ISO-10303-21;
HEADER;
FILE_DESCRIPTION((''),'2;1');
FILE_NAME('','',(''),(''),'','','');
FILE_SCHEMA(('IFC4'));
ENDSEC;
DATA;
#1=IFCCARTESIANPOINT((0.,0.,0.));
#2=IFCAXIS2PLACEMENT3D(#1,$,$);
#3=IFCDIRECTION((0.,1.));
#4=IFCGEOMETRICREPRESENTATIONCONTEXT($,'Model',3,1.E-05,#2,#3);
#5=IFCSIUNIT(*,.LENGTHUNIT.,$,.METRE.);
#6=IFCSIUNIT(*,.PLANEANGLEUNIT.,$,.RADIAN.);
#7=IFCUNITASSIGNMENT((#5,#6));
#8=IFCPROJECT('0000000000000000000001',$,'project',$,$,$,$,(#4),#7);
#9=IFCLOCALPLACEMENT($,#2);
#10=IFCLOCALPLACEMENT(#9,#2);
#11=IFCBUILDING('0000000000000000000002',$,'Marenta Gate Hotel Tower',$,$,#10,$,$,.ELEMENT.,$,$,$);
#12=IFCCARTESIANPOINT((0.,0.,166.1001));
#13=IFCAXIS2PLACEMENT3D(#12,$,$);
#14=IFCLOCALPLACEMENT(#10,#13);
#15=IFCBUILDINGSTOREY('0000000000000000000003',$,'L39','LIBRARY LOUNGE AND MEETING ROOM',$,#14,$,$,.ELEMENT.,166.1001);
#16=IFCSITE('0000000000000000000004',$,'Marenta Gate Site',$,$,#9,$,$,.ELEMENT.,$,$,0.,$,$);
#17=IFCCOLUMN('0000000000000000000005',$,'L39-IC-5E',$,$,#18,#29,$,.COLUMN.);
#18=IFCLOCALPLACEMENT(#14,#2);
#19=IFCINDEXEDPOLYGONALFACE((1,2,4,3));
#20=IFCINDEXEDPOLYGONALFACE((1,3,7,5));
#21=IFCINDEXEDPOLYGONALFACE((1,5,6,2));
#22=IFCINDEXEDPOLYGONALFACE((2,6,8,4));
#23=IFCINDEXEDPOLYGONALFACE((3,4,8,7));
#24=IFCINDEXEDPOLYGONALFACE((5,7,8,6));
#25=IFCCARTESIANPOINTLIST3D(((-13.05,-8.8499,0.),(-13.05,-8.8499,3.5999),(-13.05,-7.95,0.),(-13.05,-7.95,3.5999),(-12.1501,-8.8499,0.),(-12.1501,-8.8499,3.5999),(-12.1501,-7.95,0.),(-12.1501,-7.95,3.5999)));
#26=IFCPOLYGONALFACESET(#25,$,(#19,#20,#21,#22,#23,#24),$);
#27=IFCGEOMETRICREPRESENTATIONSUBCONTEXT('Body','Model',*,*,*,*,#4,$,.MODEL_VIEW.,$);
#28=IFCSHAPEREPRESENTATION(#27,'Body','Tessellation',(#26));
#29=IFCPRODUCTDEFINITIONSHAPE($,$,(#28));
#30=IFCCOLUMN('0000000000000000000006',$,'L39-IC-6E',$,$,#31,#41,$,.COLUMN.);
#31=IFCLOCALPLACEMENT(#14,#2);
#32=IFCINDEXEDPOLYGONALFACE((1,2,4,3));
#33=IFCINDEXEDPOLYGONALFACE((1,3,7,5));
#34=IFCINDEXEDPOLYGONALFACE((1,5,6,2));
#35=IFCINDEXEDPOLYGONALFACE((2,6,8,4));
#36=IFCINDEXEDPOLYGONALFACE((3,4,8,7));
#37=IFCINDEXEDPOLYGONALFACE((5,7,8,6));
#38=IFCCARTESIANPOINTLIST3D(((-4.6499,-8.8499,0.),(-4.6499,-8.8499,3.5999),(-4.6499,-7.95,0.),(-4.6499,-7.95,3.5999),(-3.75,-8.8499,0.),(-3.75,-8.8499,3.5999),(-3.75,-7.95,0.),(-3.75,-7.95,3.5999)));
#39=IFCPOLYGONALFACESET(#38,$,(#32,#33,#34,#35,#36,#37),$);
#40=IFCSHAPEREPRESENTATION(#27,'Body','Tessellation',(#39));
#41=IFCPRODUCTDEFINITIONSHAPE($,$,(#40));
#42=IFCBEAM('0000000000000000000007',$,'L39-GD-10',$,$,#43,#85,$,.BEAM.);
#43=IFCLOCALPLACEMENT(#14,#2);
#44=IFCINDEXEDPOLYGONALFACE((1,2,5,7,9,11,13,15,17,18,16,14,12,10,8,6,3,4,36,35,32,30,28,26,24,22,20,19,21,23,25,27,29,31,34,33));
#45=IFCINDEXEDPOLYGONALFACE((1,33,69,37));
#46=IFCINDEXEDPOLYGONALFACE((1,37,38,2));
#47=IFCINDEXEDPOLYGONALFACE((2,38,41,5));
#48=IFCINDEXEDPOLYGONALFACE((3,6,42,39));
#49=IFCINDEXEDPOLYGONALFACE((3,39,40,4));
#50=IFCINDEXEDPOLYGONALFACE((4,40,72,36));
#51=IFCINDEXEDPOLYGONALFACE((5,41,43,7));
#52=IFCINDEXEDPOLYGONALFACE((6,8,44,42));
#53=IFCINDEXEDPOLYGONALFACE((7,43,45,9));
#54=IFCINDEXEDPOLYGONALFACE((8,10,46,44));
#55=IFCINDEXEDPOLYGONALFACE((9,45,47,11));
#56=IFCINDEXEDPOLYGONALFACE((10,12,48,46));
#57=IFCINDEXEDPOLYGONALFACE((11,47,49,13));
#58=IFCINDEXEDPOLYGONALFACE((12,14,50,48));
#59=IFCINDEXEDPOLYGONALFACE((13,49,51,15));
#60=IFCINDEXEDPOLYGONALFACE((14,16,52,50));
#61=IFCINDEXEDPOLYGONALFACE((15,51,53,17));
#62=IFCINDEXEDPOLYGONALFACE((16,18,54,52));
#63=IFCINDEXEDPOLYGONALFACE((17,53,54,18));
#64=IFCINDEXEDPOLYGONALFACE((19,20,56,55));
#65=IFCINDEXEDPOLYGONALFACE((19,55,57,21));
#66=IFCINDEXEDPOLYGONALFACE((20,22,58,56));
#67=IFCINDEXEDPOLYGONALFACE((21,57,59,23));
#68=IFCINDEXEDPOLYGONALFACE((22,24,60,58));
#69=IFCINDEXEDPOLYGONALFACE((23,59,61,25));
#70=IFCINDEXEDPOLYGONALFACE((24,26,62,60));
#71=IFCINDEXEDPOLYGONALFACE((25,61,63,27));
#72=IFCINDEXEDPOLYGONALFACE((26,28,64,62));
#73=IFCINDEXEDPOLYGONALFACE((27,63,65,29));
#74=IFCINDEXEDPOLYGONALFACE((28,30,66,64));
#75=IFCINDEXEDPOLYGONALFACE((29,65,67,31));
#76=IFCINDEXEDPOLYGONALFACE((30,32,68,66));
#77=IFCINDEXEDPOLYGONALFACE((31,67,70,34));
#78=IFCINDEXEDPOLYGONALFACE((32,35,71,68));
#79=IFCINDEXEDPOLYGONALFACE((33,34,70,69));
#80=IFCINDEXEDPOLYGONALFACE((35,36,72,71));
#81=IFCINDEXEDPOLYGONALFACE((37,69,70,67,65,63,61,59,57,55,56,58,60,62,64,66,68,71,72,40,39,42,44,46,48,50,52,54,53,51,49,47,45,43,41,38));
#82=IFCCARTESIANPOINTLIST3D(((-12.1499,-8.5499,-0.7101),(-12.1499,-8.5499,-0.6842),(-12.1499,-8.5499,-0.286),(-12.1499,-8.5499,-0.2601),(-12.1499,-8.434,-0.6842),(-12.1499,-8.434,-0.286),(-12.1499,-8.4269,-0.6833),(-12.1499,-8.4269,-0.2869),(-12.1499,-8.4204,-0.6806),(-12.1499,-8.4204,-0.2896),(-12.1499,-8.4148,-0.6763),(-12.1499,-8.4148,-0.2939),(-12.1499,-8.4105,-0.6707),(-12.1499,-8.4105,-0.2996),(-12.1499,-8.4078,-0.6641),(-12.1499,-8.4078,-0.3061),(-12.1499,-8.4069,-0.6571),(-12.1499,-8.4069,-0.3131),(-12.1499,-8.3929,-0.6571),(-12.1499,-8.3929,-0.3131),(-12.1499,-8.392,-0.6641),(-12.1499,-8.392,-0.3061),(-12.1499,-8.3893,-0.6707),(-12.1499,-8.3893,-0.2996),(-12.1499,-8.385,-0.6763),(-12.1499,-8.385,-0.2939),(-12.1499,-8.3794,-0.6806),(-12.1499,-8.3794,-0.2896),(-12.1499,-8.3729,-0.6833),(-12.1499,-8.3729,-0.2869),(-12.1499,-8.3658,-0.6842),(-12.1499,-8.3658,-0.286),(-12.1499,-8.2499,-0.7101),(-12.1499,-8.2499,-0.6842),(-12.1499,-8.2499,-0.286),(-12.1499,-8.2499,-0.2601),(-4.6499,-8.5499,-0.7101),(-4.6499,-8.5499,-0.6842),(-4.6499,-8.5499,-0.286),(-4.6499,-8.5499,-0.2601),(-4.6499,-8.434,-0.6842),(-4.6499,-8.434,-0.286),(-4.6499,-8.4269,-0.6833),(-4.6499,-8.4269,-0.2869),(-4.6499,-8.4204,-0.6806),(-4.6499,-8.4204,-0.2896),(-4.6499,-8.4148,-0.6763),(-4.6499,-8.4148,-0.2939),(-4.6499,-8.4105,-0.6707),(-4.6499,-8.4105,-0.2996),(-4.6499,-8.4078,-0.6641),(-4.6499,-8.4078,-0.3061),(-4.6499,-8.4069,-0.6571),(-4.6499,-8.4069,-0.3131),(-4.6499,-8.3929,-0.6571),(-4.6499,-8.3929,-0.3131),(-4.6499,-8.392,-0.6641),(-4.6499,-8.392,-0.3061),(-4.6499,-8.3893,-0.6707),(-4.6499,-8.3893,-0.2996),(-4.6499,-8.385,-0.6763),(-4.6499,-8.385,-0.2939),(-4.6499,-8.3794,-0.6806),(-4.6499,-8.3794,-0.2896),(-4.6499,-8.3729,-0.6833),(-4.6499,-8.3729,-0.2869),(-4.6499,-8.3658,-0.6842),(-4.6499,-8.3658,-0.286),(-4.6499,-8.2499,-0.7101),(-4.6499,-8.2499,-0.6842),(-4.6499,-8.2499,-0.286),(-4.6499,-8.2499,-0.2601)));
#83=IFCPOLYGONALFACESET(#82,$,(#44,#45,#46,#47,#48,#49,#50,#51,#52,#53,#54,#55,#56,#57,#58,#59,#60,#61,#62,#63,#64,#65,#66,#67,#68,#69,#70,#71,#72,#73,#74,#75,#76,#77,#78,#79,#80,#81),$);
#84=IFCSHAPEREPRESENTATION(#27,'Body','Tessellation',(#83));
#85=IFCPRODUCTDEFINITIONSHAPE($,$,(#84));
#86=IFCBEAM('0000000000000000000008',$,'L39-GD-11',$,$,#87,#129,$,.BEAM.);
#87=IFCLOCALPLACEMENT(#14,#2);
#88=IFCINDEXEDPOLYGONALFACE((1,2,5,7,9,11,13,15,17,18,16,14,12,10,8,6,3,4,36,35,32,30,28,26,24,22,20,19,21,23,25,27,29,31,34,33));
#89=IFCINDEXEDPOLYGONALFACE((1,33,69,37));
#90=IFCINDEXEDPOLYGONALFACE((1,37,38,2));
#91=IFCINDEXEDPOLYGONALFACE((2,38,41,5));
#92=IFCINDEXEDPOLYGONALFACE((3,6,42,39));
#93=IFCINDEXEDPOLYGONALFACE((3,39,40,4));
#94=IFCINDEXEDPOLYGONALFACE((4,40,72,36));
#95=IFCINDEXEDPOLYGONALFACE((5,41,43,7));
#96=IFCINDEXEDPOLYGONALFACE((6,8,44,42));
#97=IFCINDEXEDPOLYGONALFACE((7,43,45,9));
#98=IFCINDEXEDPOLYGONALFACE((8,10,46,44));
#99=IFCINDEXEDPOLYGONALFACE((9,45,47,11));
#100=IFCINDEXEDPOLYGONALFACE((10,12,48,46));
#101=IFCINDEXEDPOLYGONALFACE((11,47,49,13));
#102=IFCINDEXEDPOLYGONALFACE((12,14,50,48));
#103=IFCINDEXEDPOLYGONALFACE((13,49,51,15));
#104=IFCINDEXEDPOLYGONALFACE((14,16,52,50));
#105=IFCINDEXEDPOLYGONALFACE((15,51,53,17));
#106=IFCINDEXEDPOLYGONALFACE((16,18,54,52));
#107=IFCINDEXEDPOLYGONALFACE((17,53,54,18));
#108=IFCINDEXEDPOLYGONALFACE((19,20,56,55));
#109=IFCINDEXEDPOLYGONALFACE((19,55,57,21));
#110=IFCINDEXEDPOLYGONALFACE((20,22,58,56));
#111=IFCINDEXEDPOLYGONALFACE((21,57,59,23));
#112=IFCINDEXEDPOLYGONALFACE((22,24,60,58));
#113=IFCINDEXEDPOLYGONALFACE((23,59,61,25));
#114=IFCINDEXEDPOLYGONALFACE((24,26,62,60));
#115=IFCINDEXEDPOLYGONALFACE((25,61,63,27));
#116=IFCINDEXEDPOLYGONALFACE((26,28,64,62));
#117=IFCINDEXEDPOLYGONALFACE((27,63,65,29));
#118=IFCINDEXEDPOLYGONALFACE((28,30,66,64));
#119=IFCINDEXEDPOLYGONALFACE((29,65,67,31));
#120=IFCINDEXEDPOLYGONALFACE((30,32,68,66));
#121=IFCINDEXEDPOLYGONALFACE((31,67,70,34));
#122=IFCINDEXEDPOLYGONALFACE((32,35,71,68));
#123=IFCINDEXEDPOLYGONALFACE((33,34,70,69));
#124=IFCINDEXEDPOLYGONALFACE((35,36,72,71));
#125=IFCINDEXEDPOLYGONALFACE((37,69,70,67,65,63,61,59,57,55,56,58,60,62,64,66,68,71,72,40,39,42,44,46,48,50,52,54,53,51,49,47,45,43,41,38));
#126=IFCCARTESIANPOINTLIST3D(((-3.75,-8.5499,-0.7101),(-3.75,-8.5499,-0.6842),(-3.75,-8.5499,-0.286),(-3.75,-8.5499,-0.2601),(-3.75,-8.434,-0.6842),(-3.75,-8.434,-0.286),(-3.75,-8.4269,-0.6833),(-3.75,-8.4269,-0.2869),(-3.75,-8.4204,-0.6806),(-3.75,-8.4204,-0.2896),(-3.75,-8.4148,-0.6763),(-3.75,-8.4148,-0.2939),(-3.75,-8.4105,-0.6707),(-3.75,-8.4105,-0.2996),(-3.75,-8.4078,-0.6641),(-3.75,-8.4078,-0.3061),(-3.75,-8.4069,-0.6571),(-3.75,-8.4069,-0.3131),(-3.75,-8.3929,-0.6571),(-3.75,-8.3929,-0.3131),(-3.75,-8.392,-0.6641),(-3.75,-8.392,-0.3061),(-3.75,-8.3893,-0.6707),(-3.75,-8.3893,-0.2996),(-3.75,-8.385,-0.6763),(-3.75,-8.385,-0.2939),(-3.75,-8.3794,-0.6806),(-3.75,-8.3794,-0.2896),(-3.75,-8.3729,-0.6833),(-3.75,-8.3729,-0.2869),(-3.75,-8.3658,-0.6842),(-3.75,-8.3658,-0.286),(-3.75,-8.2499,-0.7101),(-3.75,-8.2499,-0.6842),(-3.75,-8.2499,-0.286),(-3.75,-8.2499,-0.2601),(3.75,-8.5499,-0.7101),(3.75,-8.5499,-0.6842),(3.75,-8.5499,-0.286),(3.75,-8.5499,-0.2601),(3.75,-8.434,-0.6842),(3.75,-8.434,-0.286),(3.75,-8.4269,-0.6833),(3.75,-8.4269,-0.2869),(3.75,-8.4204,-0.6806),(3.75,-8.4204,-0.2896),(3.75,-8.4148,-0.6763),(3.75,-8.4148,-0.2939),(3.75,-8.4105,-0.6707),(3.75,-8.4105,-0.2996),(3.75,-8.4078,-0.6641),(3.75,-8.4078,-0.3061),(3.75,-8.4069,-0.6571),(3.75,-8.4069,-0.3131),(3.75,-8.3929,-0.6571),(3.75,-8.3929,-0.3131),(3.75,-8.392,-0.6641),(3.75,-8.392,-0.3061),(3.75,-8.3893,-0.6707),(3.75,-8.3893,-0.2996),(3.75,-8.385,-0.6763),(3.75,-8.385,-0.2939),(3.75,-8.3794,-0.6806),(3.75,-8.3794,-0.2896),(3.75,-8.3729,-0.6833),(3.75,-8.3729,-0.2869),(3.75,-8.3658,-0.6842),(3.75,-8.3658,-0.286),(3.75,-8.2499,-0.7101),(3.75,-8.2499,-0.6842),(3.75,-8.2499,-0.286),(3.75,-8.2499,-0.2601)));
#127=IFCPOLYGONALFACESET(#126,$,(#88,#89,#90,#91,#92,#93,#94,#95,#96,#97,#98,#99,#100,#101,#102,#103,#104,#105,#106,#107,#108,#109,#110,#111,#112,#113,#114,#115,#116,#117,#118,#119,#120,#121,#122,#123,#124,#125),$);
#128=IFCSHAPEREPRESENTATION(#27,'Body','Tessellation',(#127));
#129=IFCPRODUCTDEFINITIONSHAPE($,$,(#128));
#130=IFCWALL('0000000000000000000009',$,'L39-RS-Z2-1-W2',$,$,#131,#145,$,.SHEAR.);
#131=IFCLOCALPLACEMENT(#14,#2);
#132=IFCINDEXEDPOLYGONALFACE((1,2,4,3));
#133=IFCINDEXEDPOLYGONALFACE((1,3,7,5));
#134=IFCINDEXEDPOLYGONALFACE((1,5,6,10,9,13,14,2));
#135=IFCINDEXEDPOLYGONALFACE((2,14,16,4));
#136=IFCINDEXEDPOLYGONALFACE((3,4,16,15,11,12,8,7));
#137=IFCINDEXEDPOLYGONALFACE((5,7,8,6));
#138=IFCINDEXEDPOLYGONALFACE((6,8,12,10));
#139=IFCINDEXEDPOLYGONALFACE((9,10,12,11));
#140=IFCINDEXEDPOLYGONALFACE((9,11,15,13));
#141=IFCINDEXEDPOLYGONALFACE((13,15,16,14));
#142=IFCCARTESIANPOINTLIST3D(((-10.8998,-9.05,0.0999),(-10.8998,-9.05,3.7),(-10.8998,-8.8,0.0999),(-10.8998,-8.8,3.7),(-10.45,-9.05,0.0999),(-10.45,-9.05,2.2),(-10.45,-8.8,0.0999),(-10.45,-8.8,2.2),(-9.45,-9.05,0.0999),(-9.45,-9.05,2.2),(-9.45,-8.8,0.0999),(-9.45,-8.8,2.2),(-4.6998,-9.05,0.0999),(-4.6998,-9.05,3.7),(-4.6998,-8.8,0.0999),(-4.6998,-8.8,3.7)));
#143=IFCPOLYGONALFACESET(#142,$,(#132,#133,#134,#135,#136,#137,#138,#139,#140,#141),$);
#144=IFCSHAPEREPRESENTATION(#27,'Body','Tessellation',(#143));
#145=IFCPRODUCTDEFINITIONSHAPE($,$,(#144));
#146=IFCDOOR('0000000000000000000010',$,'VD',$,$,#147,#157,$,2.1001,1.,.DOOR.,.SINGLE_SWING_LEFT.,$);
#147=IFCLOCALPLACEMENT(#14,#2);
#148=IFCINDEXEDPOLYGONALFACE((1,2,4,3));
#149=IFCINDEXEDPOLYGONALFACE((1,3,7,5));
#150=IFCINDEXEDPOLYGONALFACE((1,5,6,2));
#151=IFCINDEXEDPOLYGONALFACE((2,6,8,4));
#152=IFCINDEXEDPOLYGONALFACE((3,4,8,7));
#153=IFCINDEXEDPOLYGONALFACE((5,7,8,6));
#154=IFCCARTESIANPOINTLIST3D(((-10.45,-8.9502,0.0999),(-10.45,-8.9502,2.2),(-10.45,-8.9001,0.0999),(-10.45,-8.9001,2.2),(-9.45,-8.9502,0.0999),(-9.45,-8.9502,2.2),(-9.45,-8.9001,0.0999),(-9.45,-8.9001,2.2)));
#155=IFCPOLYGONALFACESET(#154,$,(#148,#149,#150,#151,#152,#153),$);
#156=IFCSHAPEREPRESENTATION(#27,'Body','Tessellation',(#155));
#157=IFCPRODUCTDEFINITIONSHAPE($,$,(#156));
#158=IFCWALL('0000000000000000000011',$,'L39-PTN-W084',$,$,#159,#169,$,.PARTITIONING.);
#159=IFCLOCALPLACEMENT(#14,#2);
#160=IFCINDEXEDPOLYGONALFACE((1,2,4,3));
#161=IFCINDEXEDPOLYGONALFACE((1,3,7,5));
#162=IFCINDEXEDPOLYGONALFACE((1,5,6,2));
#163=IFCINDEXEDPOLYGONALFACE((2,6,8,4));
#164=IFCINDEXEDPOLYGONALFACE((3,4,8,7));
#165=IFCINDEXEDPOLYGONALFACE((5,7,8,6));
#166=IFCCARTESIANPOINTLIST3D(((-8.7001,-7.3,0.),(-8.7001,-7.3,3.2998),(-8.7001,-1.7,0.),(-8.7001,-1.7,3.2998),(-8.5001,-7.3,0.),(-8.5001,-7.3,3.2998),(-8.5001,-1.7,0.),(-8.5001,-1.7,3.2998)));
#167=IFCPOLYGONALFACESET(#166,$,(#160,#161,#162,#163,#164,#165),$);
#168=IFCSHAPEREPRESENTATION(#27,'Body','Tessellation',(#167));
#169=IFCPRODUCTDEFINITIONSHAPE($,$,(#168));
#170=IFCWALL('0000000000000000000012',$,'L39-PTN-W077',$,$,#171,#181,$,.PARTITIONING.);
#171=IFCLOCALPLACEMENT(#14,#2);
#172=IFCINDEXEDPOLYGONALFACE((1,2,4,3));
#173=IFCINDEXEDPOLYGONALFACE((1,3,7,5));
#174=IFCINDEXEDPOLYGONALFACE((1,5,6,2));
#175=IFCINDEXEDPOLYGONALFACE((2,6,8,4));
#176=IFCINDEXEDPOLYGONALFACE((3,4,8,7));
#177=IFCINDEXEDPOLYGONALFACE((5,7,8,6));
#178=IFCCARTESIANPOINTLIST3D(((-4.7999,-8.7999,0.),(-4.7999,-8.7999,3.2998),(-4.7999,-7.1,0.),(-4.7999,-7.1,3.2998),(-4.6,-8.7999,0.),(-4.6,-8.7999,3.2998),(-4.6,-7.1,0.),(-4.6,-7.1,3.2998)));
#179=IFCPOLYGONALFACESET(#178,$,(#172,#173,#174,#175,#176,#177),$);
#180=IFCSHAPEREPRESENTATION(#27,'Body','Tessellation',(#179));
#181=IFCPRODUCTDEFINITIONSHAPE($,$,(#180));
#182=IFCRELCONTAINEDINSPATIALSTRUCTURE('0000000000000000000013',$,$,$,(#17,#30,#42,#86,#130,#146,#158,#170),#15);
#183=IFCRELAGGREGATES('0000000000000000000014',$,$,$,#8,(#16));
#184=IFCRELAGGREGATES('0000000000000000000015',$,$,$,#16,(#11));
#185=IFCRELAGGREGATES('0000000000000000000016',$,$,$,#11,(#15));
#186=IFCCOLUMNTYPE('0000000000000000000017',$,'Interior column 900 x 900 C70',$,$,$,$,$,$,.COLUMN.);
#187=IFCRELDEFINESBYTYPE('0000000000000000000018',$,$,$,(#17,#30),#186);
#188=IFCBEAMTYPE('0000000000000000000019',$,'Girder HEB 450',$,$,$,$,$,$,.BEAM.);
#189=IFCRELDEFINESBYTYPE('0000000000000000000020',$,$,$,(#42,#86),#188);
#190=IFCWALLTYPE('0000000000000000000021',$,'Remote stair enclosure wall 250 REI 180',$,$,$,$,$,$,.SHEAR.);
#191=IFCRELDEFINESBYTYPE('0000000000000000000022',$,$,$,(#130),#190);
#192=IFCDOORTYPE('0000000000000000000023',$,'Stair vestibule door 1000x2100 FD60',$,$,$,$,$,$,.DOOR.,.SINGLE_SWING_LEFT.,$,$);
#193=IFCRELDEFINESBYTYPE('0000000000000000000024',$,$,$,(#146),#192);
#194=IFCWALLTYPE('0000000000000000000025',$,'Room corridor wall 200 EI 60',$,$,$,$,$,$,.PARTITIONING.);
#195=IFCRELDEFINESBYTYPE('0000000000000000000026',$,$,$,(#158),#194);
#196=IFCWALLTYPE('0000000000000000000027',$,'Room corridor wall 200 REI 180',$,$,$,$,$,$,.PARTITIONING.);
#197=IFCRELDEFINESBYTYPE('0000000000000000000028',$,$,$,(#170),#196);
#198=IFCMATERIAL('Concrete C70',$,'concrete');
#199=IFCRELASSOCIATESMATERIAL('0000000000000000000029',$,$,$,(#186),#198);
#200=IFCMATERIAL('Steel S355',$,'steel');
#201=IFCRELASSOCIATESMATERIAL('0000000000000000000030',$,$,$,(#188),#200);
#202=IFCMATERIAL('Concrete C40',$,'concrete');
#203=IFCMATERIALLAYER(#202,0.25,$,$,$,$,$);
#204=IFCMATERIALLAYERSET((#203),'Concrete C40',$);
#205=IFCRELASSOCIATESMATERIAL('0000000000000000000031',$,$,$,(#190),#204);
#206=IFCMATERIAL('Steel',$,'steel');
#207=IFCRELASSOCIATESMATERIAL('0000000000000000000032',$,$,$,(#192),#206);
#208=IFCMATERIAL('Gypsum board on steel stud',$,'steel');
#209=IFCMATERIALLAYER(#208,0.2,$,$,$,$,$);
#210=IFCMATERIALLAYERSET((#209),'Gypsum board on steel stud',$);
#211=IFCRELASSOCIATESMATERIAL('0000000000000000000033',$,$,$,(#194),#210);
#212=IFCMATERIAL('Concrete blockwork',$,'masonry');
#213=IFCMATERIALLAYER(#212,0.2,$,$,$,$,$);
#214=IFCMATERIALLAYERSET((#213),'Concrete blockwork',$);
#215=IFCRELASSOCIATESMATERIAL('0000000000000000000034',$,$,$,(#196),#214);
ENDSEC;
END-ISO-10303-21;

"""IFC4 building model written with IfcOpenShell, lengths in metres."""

from ifc_helpers import new_model, si_unit, direction, frame, frame_2d, origin, origin_2d, place, context, subcontext, project, spatial, rectangle, i_section, extrude, material, layer, layer_set, material_profile, profile_set, type_object, element, fill, save


model = new_model("IFC4")

# Units and contexts
model_context = context("Model", 3, precision=1e-05, world=origin(), true_north=direction((0.0, 1.0)))
body_context = subcontext(model_context, "Body", "Model", "MODEL_VIEW")
ifc_project = project(units=[si_unit("LENGTHUNIT", "METRE"), si_unit("PLANEANGLEUNIT", "RADIAN")], contexts=[model_context])

# Site, building, storey
site_placement = place(None, origin())
site = spatial("IfcSite", under=ifc_project, at=site_placement, Name="Marenta Gate Site", CompositionType="ELEMENT", RefElevation=0.0)
building_placement = place(site_placement, origin())
building = spatial("IfcBuilding", under=site, at=building_placement, Name="Marenta Gate Hotel Tower", CompositionType="ELEMENT")
storey_placement = place(building_placement, frame((0.0, 0.0, 166.1001)))
storey = spatial("IfcBuildingStorey", under=building, at=storey_placement, Name="L39", Description="LIBRARY LOUNGE AND MEETING ROOM", CompositionType="ELEMENT", Elevation=166.1001)

# Columns
ifc_material_1 = material(Name="Concrete C70", Category="concrete")
ifc_material_profile_1 = material_profile(ifc_material_1, rectangle(XDim=0.8999, YDim=0.8999, at=origin_2d()), Name="900 x 900")
ifc_profile_set_1 = profile_set([ifc_material_profile_1], Name="Concrete C70")
column_type = type_object("IfcColumnType", Name="Interior column 900 x 900 C70", PredefinedType="COLUMN", material=ifc_profile_set_1)
for number, where, z_axis, x_axis, name in (
    (1, (-12.6001, -8.3999, 0.0), (0.0, 0.0, 1.0), (1.0, 0.0, 0.0), "L39-IC-5E"),
    (2, (-4.2, -8.3999, 0.0), (0.0, 0.0, 1.0), (1.0, 0.0, 0.0), "L39-IC-6E"),
):
    element("IfcColumn", number, at=place(storey_placement, frame(where, z_axis=z_axis, x_axis=x_axis)), inside=storey, type_object=column_type, Name=name, PredefinedType="COLUMN", context=body_context, shape_type="SweptSolid", body=[
        extrude(rectangle(XDim=0.8999, YDim=0.8999, at=origin_2d()), origin(), (0.0, 0.0, 1.0), 3.5999),
    ])

# Beams
ifc_material_2 = material(Name="Steel S355", Category="steel")
ifc_material_profile_2 = material_profile(ifc_material_2, i_section(OverallWidth=0.3, OverallDepth=0.45, WebThickness=0.0139, FlangeThickness=0.0259, FilletRadius=0.0271, at=origin_2d()), Name="HEB 450")
ifc_profile_set_2 = profile_set([ifc_material_profile_2], Name="Steel S355")
beam_type = type_object("IfcBeamType", Name="Girder HEB 450", PredefinedType="BEAM", material=ifc_profile_set_2)
for number, where, z_axis, x_axis, name in (
    (3, (-12.1499, -8.3999, -0.4851), (1.0, 0.0, 0.0), (0.0, 1.0, 0.0), "L39-GD-10"),
    (4, (-3.75, -8.3999, -0.4851), (1.0, 0.0, 0.0), (0.0, 1.0, 0.0), "L39-GD-11"),
):
    element("IfcBeam", number, at=place(storey_placement, frame(where, z_axis=z_axis, x_axis=x_axis)), inside=storey, type_object=beam_type, Name=name, PredefinedType="BEAM", context=body_context, shape_type="SweptSolid", body=[
        extrude(i_section(OverallWidth=0.3, OverallDepth=0.45, WebThickness=0.0139, FlangeThickness=0.0259, FilletRadius=0.0271, at=origin_2d()), origin(), (0.0, 0.0, 1.0), 7.5),
    ])

# Wall, opening, door
ifc_material_3 = material(Name="Concrete C40", Category="concrete")
ifc_layer_1 = layer(ifc_material_3, 0.25)
ifc_layer_set_1 = layer_set([ifc_layer_1], Name="Concrete C40")
wall_type_1 = type_object("IfcWallType", Name="Remote stair enclosure wall 250 REI 180", PredefinedType="SHEAR", material=ifc_layer_set_1)
wall_1_placement = place(storey_placement, frame((-10.8999, -8.925, 0.0999), z_axis=(0.0, 0.0, 1.0), x_axis=(1.0, 0.0, 0.0)))
wall_1 = element("IfcWall", 5, at=wall_1_placement, inside=storey, type_object=wall_type_1, Name="L39-RS-Z2-1-W2", PredefinedType="SHEAR", context=body_context, shape_type="SweptSolid", body=[
    extrude(rectangle(XDim=6.2, YDim=0.25, at=frame_2d((3.1001, 0.0))), origin(), (0.0, 0.0, 1.0), 3.6001),
])
opening_1_placement = place(wall_1_placement, frame((0.45, 0.0, 0.0)))
opening_1 = element("IfcOpeningElement", 6, at=opening_1_placement, cuts=wall_1, PredefinedType="OPENING", context=body_context, shape_type="SweptSolid", body=[
    extrude(rectangle(XDim=1.0, YDim=2.1001, at=frame_2d((0.5, 1.05))), frame((0.0, 0.125, 0.0), z_axis=(0.0, -1.0, 0.0), x_axis=(1.0, 0.0, 0.0)), (0.0, 0.0, 1.0), 0.25),
])
ifc_material_4 = material(Name="Steel", Category="steel")
door_type_1 = type_object("IfcDoorType", Name="Stair vestibule door 1000x2100 FD60", OperationType="SINGLE_SWING_LEFT", PredefinedType="DOOR", material=ifc_material_4)
door_1_placement = place(opening_1_placement, origin())
door_1 = element("IfcDoor", 7, at=door_1_placement, inside=storey, type_object=door_type_1, Name="VD", OperationType="SINGLE_SWING_LEFT", OverallHeight=2.1001, OverallWidth=1.0, PredefinedType="DOOR", context=body_context, shape_type="SweptSolid", body=[
    extrude(rectangle(XDim=1.0, YDim=2.1001, at=frame_2d((0.5, 1.05))), frame((0.0, 0.0249, 0.0), z_axis=(0.0, -1.0, 0.0), x_axis=(1.0, 0.0, 0.0)), (0.0, 0.0, 1.0), 0.05),
])
fill(opening_1, door_1)

# Wall
ifc_material_5 = material(Name="Gypsum board on steel stud", Category="steel")
ifc_layer_2 = layer(ifc_material_5, 0.2)
ifc_layer_set_2 = layer_set([ifc_layer_2], Name="Gypsum board on steel stud")
wall_type_2 = type_object("IfcWallType", Name="Room corridor wall 200 EI 60", PredefinedType="PARTITIONING", material=ifc_layer_set_2)
wall_2_placement = place(storey_placement, frame((-8.6001, -7.3, 0.0), z_axis=(0.0, 0.0, 1.0), x_axis=(0.0, 1.0, 0.0)))
element("IfcWall", 8, at=wall_2_placement, inside=storey, type_object=wall_type_2, Name="L39-PTN-W084", PredefinedType="PARTITIONING", context=body_context, shape_type="SweptSolid", body=[
    extrude(rectangle(XDim=5.6001, YDim=0.2, at=frame_2d((2.8, 0.0))), origin(), (0.0, 0.0, 1.0), 3.2998),
])

# Shared definitions
ifc_material_6 = material(Name="Concrete blockwork", Category="masonry")
ifc_layer_3 = layer(ifc_material_6, 0.2)
ifc_layer_set_3 = layer_set([ifc_layer_3], Name="Concrete blockwork")
wall_type_3 = type_object("IfcWallType", Name="Room corridor wall 200 REI 180", PredefinedType="PARTITIONING", material=ifc_layer_set_3)

# Wall
wall_3_placement = place(storey_placement, frame((-4.7, -8.8, 0.0), z_axis=(0.0, 0.0, 1.0), x_axis=(0.0, 1.0, 0.0)))
element("IfcWall", 9, at=wall_3_placement, inside=storey, type_object=wall_type_3, Name="L39-PTN-W077", PredefinedType="PARTITIONING", context=body_context, shape_type="SweptSolid", body=[
    extrude(rectangle(XDim=1.7, YDim=0.2, at=frame_2d((0.8501, 0.0))), origin(), (0.0, 0.0, 1.0), 3.2998),
])

save(model, "model.ifc")
